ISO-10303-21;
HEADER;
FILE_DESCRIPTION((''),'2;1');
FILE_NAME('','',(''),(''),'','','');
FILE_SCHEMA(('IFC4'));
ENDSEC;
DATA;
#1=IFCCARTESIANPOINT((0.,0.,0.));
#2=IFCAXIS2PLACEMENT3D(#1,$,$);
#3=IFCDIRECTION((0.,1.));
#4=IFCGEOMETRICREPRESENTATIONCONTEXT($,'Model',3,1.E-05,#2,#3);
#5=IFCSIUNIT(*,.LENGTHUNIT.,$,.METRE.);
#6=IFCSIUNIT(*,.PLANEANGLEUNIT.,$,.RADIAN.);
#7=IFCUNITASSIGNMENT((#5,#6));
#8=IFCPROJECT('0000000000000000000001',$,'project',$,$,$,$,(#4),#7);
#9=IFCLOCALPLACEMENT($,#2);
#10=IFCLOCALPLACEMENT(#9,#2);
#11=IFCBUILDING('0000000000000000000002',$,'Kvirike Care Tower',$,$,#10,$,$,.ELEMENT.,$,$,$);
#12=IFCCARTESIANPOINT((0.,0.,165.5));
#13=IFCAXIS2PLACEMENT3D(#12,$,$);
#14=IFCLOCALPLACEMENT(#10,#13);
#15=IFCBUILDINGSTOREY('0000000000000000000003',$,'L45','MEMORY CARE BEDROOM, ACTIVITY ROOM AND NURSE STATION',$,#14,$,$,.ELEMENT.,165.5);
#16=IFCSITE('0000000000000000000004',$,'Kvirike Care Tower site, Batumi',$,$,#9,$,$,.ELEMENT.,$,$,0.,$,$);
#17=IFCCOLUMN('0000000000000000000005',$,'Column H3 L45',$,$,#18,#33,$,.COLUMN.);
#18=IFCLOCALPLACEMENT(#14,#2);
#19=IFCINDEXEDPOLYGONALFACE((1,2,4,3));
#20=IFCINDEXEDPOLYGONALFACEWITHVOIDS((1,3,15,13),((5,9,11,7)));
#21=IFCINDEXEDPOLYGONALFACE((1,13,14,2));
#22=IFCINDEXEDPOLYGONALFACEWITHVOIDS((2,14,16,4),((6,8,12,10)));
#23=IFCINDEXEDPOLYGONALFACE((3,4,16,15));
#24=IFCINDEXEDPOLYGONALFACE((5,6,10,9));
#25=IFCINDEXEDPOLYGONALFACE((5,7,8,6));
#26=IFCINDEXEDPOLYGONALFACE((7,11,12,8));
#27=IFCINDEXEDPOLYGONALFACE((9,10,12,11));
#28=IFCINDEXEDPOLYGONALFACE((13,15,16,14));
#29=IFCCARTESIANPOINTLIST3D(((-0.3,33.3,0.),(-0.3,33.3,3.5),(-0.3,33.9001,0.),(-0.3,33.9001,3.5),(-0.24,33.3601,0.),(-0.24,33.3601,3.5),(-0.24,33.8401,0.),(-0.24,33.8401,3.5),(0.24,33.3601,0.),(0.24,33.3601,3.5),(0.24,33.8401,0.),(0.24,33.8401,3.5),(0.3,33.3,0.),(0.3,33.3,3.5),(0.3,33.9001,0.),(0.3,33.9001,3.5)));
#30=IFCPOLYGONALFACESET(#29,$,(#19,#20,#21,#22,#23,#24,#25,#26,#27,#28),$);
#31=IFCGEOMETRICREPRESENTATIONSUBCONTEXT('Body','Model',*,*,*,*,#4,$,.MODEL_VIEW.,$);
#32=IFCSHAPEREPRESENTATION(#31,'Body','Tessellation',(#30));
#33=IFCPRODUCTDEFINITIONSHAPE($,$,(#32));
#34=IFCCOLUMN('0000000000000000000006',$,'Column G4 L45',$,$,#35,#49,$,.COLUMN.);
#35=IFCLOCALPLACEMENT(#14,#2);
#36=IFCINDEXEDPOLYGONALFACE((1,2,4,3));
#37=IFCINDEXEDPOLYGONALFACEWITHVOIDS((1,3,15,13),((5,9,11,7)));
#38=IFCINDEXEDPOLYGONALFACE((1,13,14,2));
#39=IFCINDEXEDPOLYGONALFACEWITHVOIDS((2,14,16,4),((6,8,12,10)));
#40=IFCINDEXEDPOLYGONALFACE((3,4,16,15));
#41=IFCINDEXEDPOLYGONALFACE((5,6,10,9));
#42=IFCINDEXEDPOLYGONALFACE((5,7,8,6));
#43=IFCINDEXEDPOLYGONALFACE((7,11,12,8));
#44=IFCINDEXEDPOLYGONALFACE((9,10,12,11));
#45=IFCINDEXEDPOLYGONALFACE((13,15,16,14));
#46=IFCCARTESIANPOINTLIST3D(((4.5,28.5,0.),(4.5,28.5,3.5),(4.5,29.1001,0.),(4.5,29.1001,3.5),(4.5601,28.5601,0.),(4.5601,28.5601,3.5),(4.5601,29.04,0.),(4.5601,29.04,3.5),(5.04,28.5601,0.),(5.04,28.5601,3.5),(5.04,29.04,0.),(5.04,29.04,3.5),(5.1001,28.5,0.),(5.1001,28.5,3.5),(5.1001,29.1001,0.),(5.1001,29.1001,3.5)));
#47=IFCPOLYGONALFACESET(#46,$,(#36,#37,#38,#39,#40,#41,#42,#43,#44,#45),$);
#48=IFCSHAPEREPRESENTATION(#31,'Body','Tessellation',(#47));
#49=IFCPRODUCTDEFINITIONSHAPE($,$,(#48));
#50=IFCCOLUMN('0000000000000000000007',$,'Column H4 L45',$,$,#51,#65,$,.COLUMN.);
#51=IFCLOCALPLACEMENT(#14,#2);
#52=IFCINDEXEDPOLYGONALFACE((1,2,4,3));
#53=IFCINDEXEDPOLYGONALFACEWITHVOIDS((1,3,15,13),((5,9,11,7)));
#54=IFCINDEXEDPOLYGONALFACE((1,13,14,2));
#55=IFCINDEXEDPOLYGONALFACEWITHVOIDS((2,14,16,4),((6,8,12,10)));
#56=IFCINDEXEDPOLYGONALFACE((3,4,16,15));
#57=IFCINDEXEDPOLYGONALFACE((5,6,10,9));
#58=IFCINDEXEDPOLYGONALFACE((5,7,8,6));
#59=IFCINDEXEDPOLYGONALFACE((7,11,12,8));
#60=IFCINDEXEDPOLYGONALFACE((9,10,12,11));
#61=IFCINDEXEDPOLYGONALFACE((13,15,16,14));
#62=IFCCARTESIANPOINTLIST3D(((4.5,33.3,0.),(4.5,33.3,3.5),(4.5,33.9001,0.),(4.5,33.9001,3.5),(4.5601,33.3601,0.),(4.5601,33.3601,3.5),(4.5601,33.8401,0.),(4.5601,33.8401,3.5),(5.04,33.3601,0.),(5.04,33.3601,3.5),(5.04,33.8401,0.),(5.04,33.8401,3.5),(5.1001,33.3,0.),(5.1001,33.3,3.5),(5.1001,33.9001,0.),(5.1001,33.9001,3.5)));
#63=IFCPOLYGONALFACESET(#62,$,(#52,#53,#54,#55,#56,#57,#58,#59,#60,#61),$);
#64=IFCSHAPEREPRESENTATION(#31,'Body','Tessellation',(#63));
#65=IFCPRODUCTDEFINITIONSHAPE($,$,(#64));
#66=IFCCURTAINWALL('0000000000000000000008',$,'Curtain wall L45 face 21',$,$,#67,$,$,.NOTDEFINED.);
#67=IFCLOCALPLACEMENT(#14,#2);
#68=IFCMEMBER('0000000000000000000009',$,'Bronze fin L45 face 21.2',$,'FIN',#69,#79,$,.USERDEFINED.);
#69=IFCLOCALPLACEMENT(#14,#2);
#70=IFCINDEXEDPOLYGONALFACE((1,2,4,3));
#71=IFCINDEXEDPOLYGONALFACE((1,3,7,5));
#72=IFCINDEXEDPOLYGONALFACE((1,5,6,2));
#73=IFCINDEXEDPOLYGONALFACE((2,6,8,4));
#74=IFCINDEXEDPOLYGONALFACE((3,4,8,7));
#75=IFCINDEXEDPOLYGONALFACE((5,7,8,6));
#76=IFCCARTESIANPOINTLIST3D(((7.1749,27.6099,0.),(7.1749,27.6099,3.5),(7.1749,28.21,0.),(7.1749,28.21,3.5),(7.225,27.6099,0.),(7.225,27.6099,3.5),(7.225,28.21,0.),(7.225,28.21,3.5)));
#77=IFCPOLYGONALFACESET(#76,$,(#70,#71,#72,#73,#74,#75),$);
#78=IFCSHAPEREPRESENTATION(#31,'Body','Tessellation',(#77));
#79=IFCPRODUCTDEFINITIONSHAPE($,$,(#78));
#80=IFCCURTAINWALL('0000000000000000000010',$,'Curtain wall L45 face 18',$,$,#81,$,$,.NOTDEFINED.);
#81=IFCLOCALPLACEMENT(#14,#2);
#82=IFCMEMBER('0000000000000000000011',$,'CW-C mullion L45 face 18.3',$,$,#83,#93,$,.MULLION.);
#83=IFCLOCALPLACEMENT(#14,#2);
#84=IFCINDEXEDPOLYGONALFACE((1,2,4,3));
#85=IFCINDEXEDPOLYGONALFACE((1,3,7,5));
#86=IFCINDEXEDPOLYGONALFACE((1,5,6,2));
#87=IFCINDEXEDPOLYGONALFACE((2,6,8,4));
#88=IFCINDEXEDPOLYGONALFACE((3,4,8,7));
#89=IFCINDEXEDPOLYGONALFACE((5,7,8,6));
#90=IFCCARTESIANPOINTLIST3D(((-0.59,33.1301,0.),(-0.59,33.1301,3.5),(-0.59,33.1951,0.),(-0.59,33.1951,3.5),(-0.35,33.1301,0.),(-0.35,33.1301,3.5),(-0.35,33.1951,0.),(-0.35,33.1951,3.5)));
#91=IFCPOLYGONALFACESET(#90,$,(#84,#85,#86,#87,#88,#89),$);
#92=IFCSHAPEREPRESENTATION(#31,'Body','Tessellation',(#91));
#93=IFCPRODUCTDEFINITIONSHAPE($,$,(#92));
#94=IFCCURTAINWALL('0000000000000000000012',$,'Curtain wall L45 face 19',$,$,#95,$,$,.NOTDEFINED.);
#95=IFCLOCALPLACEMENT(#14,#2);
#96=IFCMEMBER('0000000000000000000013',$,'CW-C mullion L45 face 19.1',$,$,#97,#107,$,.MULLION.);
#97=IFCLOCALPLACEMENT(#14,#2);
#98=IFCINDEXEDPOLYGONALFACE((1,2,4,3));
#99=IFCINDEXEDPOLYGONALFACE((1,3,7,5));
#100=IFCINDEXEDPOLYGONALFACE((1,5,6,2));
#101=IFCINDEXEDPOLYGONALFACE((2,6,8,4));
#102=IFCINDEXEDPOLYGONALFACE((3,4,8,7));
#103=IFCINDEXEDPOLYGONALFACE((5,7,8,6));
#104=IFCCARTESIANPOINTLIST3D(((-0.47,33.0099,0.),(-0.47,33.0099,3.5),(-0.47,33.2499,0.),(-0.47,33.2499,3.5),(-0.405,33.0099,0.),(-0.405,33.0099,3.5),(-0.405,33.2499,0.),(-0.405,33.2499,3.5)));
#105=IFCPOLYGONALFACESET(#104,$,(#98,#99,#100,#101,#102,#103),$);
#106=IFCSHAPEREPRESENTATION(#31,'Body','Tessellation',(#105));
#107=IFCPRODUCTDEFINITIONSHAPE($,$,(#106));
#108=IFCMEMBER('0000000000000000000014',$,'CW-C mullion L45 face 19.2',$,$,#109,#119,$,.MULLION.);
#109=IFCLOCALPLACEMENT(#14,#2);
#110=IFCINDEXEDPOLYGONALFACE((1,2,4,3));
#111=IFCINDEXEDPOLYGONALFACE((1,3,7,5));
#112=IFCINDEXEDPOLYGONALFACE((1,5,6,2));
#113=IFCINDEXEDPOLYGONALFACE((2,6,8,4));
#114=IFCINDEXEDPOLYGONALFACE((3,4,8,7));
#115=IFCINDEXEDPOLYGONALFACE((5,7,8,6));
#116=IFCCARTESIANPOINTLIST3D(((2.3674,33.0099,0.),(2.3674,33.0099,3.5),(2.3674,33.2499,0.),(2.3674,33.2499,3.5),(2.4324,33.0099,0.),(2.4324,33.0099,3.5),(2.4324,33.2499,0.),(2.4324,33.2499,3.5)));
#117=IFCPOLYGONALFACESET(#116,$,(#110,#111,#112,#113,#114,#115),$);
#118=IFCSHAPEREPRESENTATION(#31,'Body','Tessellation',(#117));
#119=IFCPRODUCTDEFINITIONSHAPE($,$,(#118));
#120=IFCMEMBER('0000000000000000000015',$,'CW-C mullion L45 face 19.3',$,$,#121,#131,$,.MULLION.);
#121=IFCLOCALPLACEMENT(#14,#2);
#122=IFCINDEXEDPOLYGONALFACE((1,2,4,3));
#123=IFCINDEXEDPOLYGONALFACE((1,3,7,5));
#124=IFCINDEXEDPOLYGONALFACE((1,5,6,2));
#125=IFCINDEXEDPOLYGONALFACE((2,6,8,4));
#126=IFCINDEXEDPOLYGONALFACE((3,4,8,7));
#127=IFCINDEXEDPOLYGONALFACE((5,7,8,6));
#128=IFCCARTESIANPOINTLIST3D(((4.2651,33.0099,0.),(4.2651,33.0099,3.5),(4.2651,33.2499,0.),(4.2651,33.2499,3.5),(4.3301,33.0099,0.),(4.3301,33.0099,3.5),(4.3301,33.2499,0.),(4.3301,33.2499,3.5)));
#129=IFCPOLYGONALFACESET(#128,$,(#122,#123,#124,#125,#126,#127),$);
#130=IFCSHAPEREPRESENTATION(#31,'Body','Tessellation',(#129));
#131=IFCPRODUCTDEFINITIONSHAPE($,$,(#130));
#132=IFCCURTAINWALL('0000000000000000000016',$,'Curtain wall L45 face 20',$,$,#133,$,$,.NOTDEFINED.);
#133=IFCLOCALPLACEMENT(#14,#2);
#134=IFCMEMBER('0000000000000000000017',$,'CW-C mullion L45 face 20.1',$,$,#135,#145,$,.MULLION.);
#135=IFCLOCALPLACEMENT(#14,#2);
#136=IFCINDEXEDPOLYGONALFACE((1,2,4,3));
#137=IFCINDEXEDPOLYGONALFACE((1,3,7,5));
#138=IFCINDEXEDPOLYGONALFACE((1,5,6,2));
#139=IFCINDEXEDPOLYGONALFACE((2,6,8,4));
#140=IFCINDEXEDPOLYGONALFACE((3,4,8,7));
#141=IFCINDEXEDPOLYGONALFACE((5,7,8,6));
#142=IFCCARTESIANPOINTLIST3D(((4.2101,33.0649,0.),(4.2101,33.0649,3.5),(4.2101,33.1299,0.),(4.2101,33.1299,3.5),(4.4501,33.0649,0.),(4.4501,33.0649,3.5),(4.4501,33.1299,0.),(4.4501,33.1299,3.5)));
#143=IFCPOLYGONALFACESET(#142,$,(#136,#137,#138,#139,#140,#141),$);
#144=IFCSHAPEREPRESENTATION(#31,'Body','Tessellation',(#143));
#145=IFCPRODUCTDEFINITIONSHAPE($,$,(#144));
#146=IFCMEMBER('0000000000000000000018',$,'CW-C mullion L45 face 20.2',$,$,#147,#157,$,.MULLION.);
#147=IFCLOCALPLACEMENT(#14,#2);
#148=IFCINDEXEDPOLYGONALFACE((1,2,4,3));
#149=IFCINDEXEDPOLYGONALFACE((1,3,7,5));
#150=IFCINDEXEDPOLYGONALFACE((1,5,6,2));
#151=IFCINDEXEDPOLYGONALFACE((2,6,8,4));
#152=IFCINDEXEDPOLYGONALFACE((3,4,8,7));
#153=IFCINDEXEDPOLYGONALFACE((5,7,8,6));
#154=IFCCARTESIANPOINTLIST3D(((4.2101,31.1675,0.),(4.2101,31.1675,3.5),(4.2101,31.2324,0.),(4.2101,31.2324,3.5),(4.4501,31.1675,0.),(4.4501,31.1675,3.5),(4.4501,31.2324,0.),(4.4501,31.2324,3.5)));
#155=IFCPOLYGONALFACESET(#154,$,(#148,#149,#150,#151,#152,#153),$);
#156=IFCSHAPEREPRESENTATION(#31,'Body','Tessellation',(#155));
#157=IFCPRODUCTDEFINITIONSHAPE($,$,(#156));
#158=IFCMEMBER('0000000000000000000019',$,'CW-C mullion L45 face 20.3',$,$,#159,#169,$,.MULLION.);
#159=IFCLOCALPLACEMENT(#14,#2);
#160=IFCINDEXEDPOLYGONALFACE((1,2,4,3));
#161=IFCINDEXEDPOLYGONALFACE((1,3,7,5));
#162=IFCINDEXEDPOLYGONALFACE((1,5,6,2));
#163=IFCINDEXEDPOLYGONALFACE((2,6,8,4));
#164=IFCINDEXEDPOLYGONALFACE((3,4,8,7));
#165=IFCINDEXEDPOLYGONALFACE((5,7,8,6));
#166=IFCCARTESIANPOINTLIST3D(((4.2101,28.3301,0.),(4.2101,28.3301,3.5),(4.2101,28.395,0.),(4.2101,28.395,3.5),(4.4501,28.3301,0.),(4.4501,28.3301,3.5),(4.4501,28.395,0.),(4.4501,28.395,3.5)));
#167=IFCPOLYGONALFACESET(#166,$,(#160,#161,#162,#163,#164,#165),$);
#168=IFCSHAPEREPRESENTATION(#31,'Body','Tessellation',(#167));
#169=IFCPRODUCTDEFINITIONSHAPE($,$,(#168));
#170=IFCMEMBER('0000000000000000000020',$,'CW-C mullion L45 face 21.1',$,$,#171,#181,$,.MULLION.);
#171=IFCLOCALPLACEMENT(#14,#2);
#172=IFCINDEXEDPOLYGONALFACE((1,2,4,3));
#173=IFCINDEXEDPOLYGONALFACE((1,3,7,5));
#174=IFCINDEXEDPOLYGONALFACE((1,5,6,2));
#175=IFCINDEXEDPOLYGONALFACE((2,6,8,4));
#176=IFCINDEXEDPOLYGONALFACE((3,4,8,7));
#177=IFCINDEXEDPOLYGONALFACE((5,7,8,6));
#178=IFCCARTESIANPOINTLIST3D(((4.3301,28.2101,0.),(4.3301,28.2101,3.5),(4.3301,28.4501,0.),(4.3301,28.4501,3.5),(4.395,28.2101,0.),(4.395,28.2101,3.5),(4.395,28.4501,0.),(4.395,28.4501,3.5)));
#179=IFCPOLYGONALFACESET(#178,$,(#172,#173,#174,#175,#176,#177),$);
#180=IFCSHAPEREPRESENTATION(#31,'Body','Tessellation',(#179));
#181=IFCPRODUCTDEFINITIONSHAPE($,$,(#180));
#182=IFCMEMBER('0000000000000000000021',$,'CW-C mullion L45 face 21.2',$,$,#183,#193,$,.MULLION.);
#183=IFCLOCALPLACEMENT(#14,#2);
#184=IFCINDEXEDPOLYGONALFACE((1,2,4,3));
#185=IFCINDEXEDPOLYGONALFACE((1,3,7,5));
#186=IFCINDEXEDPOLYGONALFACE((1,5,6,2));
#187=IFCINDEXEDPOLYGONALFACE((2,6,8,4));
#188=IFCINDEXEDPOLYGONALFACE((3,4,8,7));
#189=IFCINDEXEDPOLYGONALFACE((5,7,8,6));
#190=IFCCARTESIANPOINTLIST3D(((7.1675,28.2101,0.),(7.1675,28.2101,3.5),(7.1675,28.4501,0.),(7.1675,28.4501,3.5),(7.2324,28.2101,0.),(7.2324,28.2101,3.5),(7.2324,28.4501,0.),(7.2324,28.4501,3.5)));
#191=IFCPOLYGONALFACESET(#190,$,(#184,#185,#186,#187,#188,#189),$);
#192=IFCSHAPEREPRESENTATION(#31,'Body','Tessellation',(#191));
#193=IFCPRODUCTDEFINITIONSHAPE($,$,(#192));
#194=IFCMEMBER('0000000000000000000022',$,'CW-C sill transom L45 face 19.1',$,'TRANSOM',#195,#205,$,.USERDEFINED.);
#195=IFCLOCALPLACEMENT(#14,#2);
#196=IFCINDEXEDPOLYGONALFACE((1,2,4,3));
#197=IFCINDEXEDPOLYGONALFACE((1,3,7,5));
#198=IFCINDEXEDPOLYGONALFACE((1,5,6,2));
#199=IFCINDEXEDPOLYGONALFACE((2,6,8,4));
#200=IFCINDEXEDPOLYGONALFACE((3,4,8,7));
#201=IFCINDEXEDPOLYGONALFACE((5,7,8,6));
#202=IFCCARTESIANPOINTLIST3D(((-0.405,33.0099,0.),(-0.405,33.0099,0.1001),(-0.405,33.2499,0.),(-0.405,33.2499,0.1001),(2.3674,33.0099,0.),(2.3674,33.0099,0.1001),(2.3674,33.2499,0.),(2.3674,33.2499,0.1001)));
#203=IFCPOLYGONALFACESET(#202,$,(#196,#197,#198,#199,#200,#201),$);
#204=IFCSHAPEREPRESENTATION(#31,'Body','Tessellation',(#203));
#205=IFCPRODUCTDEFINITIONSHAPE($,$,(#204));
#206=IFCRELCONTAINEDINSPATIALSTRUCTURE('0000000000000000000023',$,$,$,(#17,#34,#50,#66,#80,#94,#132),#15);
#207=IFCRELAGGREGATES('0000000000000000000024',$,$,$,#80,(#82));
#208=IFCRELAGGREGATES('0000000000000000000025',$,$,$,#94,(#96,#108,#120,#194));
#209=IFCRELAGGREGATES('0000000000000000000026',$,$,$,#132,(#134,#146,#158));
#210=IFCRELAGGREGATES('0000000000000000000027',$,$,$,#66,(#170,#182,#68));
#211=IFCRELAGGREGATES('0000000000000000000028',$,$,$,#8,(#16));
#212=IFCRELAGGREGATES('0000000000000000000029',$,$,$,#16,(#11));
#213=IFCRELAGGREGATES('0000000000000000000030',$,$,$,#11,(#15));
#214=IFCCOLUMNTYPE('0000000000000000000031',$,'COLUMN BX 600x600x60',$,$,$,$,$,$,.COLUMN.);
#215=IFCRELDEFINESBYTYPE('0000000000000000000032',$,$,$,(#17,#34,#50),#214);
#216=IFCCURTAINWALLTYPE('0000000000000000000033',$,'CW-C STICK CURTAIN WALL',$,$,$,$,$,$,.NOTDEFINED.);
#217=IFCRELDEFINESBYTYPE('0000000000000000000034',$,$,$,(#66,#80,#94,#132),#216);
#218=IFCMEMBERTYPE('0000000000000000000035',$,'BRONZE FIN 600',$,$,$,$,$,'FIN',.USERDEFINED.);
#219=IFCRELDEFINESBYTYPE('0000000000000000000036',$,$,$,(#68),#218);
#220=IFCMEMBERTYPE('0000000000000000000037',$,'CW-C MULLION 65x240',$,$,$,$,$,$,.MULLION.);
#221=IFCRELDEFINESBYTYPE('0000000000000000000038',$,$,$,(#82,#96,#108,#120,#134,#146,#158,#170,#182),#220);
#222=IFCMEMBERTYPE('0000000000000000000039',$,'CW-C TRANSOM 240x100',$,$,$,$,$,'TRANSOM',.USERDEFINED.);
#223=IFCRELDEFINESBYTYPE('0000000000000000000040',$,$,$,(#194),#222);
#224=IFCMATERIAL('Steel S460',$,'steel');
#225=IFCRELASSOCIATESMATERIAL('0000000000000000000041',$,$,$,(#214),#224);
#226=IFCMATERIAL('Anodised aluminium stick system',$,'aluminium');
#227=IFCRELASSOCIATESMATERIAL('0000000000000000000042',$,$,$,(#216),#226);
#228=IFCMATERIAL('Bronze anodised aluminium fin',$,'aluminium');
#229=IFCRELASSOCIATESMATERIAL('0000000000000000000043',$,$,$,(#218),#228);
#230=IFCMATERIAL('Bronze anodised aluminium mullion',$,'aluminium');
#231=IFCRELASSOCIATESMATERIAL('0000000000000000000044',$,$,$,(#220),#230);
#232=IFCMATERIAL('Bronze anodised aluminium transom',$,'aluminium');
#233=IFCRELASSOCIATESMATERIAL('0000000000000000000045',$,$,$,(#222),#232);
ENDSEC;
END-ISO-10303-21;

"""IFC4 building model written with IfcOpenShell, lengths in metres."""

from ifc_helpers import new_model, si_unit, direction, frame, origin, origin_2d, place, context, subcontext, project, spatial, rectangle, hollow_rectangle, extrude, material, material_profile, profile_set, type_object, element, aggregate, save


model = new_model("IFC4")

# Units and contexts
model_context = context("Model", 3, precision=1e-05, world=origin(), true_north=direction((0.0, 1.0)))
body_context = subcontext(model_context, "Body", "Model", "MODEL_VIEW")
ifc_project = project(units=[si_unit("LENGTHUNIT", "METRE"), si_unit("PLANEANGLEUNIT", "RADIAN")], contexts=[model_context])

# Site, building, storey
site_placement = place(None, origin())
site = spatial("IfcSite", under=ifc_project, at=site_placement, Name="Kvirike Care Tower site, Batumi", CompositionType="ELEMENT", RefElevation=0.0)
building_placement = place(site_placement, origin())
building = spatial("IfcBuilding", under=site, at=building_placement, Name="Kvirike Care Tower", CompositionType="ELEMENT")
storey_placement = place(building_placement, frame((0.0, 0.0, 165.5)))
storey = spatial("IfcBuildingStorey", under=building, at=storey_placement, Name="L45", Description="MEMORY CARE BEDROOM, ACTIVITY ROOM AND NURSE STATION", CompositionType="ELEMENT", Elevation=165.5)

# Columns
ifc_material_1 = material(Name="Steel S460", Category="steel")
ifc_material_profile_1 = material_profile(ifc_material_1, hollow_rectangle(XDim=0.6001, YDim=0.6001, WallThickness=0.0601, at=origin_2d()), Name="BX 600x600x60")
ifc_profile_set_1 = profile_set([ifc_material_profile_1], Name="Steel S460")
column_type = type_object("IfcColumnType", Name="COLUMN BX 600x600x60", PredefinedType="COLUMN", material=ifc_profile_set_1)
for number, where, z_axis, x_axis, name in (
    (1, (0.0, 33.6001, 0.0), (0.0, 0.0, 1.0), (0.0, 1.0, 0.0), "Column H3 L45"),
    (2, (4.8, 28.8, 0.0), (0.0, 0.0, 1.0), (0.0, 1.0, 0.0), "Column G4 L45"),
    (3, (4.8, 33.6001, 0.0), (0.0, 0.0, 1.0), (0.0, 1.0, 0.0), "Column H4 L45"),
):
    element("IfcColumn", number, at=place(storey_placement, frame(where, z_axis=z_axis, x_axis=x_axis)), inside=storey, type_object=column_type, Name=name, PredefinedType="COLUMN", context=body_context, shape_type="SweptSolid", body=[
        extrude(hollow_rectangle(XDim=0.6001, YDim=0.6001, WallThickness=0.0601, at=origin_2d()), origin(), (0.0, 0.0, 1.0), 3.5),
    ])

# Curtain walls, members
ifc_material_2 = material(Name="Anodised aluminium stick system", Category="aluminium")
curtain_wall_type = type_object("IfcCurtainWallType", Name="CW-C STICK CURTAIN WALL", PredefinedType="NOTDEFINED", material=ifc_material_2)
curtain_wall_1_placement = place(storey_placement, origin())
curtain_wall_1 = element("IfcCurtainWall", 4, at=curtain_wall_1_placement, inside=storey, type_object=curtain_wall_type, Name="Curtain wall L45 face 21", PredefinedType="NOTDEFINED")
ifc_material_3 = material(Name="Bronze anodised aluminium fin", Category="aluminium")
ifc_material_profile_2 = material_profile(ifc_material_3, rectangle(XDim=0.05, YDim=0.6001, at=origin_2d()), Name="BRONZE FIN 600")
ifc_profile_set_2 = profile_set([ifc_material_profile_2], Name="Bronze anodised aluminium fin")
member_type_1 = type_object("IfcMemberType", Name="BRONZE FIN 600", ElementType="FIN", PredefinedType="USERDEFINED", material=ifc_profile_set_2)
member_1_placement = place(storey_placement, frame((7.2, 27.9099, 0.0), z_axis=(0.0, 0.0, 1.0), x_axis=(1.0, 0.0, 0.0)))
member_1 = element("IfcMember", 5, at=member_1_placement, type_object=member_type_1, Name="Bronze fin L45 face 21.2", ObjectType="FIN", PredefinedType="USERDEFINED", context=body_context, shape_type="SweptSolid", body=[
    extrude(rectangle(XDim=0.05, YDim=0.6001, at=origin_2d()), origin(), (0.0, 0.0, 1.0), 3.5),
])
curtain_wall_2_placement = place(storey_placement, origin())
curtain_wall_2 = element("IfcCurtainWall", 6, at=curtain_wall_2_placement, inside=storey, type_object=curtain_wall_type, Name="Curtain wall L45 face 18", PredefinedType="NOTDEFINED")
ifc_material_4 = material(Name="Bronze anodised aluminium mullion", Category="aluminium")
ifc_material_profile_3 = material_profile(ifc_material_4, rectangle(XDim=0.0649, YDim=0.24, at=origin_2d()), Name="CW-C MULLION 65x240")
ifc_profile_set_3 = profile_set([ifc_material_profile_3], Name="Bronze anodised aluminium mullion")
member_type_2 = type_object("IfcMemberType", Name="CW-C MULLION 65x240", PredefinedType="MULLION", material=ifc_profile_set_3)
member_2_placement = place(storey_placement, frame((-0.47, 33.1626, 0.0), z_axis=(0.0, 0.0, 1.0), x_axis=(0.0, -1.0, 0.0)))
member_2 = element("IfcMember", 7, at=member_2_placement, type_object=member_type_2, Name="CW-C mullion L45 face 18.3", PredefinedType="MULLION", context=body_context, shape_type="SweptSolid", body=[
    extrude(rectangle(XDim=0.0649, YDim=0.24, at=origin_2d()), origin(), (0.0, 0.0, 1.0), 3.5),
])
aggregate(curtain_wall_2, [member_2])

# Curtain walls, members
curtain_wall_3_placement = place(storey_placement, origin())
curtain_wall_3 = element("IfcCurtainWall", 8, at=curtain_wall_3_placement, inside=storey, type_object=curtain_wall_type, Name="Curtain wall L45 face 19", PredefinedType="NOTDEFINED")
member_3_placement = place(storey_placement, frame((-0.4375, 33.1299, 0.0), z_axis=(0.0, 0.0, 1.0), x_axis=(1.0, 0.0, 0.0)))
member_3 = element("IfcMember", 9, at=member_3_placement, type_object=member_type_2, Name="CW-C mullion L45 face 19.1", PredefinedType="MULLION", context=body_context, shape_type="SweptSolid", body=[
    extrude(rectangle(XDim=0.0649, YDim=0.24, at=origin_2d()), origin(), (0.0, 0.0, 1.0), 3.5),
])
member_4_placement = place(storey_placement, frame((2.3999, 33.1299, 0.0), z_axis=(0.0, 0.0, 1.0), x_axis=(1.0, 0.0, 0.0)))
member_4 = element("IfcMember", 10, at=member_4_placement, type_object=member_type_2, Name="CW-C mullion L45 face 19.2", PredefinedType="MULLION", context=body_context, shape_type="SweptSolid", body=[
    extrude(rectangle(XDim=0.0649, YDim=0.24, at=origin_2d()), origin(), (0.0, 0.0, 1.0), 3.5),
])
member_5_placement = place(storey_placement, frame((4.2976, 33.1299, 0.0), z_axis=(0.0, 0.0, 1.0), x_axis=(1.0, 0.0, 0.0)))
member_5 = element("IfcMember", 11, at=member_5_placement, type_object=member_type_2, Name="CW-C mullion L45 face 19.3", PredefinedType="MULLION", context=body_context, shape_type="SweptSolid", body=[
    extrude(rectangle(XDim=0.0649, YDim=0.24, at=origin_2d()), origin(), (0.0, 0.0, 1.0), 3.5),
])
curtain_wall_4_placement = place(storey_placement, origin())
curtain_wall_4 = element("IfcCurtainWall", 12, at=curtain_wall_4_placement, inside=storey, type_object=curtain_wall_type, Name="Curtain wall L45 face 20", PredefinedType="NOTDEFINED")
member_6_placement = place(storey_placement, frame((4.3301, 33.0974, 0.0), z_axis=(0.0, 0.0, 1.0), x_axis=(0.0, -1.0, 0.0)))
member_6 = element("IfcMember", 13, at=member_6_placement, type_object=member_type_2, Name="CW-C mullion L45 face 20.1", PredefinedType="MULLION", context=body_context, shape_type="SweptSolid", body=[
    extrude(rectangle(XDim=0.0649, YDim=0.24, at=origin_2d()), origin(), (0.0, 0.0, 1.0), 3.5),
])
member_7_placement = place(storey_placement, frame((4.3301, 31.2, 0.0), z_axis=(0.0, 0.0, 1.0), x_axis=(0.0, -1.0, 0.0)))
member_7 = element("IfcMember", 14, at=member_7_placement, type_object=member_type_2, Name="CW-C mullion L45 face 20.2", PredefinedType="MULLION", context=body_context, shape_type="SweptSolid", body=[
    extrude(rectangle(XDim=0.0649, YDim=0.24, at=origin_2d()), origin(), (0.0, 0.0, 1.0), 3.5),
])
member_8_placement = place(storey_placement, frame((4.3301, 28.3625, 0.0), z_axis=(0.0, 0.0, 1.0), x_axis=(0.0, -1.0, 0.0)))
member_8 = element("IfcMember", 15, at=member_8_placement, type_object=member_type_2, Name="CW-C mullion L45 face 20.3", PredefinedType="MULLION", context=body_context, shape_type="SweptSolid", body=[
    extrude(rectangle(XDim=0.0649, YDim=0.24, at=origin_2d()), origin(), (0.0, 0.0, 1.0), 3.5),
])

# Members
member_9_placement = place(storey_placement, frame((4.3625, 28.3301, 0.0), z_axis=(0.0, 0.0, 1.0), x_axis=(1.0, 0.0, 0.0)))
member_9 = element("IfcMember", 16, at=member_9_placement, type_object=member_type_2, Name="CW-C mullion L45 face 21.1", PredefinedType="MULLION", context=body_context, shape_type="SweptSolid", body=[
    extrude(rectangle(XDim=0.0649, YDim=0.24, at=origin_2d()), origin(), (0.0, 0.0, 1.0), 3.5),
])
member_10_placement = place(storey_placement, frame((7.2, 28.3301, 0.0), z_axis=(0.0, 0.0, 1.0), x_axis=(1.0, 0.0, 0.0)))
member_10 = element("IfcMember", 17, at=member_10_placement, type_object=member_type_2, Name="CW-C mullion L45 face 21.2", PredefinedType="MULLION", context=body_context, shape_type="SweptSolid", body=[
    extrude(rectangle(XDim=0.0649, YDim=0.24, at=origin_2d()), origin(), (0.0, 0.0, 1.0), 3.5),
])
ifc_material_5 = material(Name="Bronze anodised aluminium transom", Category="aluminium")
ifc_material_profile_4 = material_profile(ifc_material_5, rectangle(XDim=0.24, YDim=0.1001, at=origin_2d()), Name="CW-C TRANSOM 240x100")
ifc_profile_set_4 = profile_set([ifc_material_profile_4], Name="Bronze anodised aluminium transom")
member_type_3 = type_object("IfcMemberType", Name="CW-C TRANSOM 240x100", ElementType="TRANSOM", PredefinedType="USERDEFINED", material=ifc_profile_set_4)
member_11_placement = place(storey_placement, frame((-0.405, 33.1299, 0.05), z_axis=(1.0, 0.0, 0.0), x_axis=(0.0, 1.0, 0.0)))
member_11 = element("IfcMember", 18, at=member_11_placement, type_object=member_type_3, Name="CW-C sill transom L45 face 19.1", ObjectType="TRANSOM", PredefinedType="USERDEFINED", context=body_context, shape_type="SweptSolid", body=[
    extrude(rectangle(XDim=0.24, YDim=0.1001, at=origin_2d()), origin(), (0.0, 0.0, 1.0), 2.7725),
])

aggregate(curtain_wall_3, [member_3, member_4, member_5, member_11])
aggregate(curtain_wall_4, [member_6, member_7, member_8])
aggregate(curtain_wall_1, [member_9, member_10, member_1])

save(model, "model.ifc")
